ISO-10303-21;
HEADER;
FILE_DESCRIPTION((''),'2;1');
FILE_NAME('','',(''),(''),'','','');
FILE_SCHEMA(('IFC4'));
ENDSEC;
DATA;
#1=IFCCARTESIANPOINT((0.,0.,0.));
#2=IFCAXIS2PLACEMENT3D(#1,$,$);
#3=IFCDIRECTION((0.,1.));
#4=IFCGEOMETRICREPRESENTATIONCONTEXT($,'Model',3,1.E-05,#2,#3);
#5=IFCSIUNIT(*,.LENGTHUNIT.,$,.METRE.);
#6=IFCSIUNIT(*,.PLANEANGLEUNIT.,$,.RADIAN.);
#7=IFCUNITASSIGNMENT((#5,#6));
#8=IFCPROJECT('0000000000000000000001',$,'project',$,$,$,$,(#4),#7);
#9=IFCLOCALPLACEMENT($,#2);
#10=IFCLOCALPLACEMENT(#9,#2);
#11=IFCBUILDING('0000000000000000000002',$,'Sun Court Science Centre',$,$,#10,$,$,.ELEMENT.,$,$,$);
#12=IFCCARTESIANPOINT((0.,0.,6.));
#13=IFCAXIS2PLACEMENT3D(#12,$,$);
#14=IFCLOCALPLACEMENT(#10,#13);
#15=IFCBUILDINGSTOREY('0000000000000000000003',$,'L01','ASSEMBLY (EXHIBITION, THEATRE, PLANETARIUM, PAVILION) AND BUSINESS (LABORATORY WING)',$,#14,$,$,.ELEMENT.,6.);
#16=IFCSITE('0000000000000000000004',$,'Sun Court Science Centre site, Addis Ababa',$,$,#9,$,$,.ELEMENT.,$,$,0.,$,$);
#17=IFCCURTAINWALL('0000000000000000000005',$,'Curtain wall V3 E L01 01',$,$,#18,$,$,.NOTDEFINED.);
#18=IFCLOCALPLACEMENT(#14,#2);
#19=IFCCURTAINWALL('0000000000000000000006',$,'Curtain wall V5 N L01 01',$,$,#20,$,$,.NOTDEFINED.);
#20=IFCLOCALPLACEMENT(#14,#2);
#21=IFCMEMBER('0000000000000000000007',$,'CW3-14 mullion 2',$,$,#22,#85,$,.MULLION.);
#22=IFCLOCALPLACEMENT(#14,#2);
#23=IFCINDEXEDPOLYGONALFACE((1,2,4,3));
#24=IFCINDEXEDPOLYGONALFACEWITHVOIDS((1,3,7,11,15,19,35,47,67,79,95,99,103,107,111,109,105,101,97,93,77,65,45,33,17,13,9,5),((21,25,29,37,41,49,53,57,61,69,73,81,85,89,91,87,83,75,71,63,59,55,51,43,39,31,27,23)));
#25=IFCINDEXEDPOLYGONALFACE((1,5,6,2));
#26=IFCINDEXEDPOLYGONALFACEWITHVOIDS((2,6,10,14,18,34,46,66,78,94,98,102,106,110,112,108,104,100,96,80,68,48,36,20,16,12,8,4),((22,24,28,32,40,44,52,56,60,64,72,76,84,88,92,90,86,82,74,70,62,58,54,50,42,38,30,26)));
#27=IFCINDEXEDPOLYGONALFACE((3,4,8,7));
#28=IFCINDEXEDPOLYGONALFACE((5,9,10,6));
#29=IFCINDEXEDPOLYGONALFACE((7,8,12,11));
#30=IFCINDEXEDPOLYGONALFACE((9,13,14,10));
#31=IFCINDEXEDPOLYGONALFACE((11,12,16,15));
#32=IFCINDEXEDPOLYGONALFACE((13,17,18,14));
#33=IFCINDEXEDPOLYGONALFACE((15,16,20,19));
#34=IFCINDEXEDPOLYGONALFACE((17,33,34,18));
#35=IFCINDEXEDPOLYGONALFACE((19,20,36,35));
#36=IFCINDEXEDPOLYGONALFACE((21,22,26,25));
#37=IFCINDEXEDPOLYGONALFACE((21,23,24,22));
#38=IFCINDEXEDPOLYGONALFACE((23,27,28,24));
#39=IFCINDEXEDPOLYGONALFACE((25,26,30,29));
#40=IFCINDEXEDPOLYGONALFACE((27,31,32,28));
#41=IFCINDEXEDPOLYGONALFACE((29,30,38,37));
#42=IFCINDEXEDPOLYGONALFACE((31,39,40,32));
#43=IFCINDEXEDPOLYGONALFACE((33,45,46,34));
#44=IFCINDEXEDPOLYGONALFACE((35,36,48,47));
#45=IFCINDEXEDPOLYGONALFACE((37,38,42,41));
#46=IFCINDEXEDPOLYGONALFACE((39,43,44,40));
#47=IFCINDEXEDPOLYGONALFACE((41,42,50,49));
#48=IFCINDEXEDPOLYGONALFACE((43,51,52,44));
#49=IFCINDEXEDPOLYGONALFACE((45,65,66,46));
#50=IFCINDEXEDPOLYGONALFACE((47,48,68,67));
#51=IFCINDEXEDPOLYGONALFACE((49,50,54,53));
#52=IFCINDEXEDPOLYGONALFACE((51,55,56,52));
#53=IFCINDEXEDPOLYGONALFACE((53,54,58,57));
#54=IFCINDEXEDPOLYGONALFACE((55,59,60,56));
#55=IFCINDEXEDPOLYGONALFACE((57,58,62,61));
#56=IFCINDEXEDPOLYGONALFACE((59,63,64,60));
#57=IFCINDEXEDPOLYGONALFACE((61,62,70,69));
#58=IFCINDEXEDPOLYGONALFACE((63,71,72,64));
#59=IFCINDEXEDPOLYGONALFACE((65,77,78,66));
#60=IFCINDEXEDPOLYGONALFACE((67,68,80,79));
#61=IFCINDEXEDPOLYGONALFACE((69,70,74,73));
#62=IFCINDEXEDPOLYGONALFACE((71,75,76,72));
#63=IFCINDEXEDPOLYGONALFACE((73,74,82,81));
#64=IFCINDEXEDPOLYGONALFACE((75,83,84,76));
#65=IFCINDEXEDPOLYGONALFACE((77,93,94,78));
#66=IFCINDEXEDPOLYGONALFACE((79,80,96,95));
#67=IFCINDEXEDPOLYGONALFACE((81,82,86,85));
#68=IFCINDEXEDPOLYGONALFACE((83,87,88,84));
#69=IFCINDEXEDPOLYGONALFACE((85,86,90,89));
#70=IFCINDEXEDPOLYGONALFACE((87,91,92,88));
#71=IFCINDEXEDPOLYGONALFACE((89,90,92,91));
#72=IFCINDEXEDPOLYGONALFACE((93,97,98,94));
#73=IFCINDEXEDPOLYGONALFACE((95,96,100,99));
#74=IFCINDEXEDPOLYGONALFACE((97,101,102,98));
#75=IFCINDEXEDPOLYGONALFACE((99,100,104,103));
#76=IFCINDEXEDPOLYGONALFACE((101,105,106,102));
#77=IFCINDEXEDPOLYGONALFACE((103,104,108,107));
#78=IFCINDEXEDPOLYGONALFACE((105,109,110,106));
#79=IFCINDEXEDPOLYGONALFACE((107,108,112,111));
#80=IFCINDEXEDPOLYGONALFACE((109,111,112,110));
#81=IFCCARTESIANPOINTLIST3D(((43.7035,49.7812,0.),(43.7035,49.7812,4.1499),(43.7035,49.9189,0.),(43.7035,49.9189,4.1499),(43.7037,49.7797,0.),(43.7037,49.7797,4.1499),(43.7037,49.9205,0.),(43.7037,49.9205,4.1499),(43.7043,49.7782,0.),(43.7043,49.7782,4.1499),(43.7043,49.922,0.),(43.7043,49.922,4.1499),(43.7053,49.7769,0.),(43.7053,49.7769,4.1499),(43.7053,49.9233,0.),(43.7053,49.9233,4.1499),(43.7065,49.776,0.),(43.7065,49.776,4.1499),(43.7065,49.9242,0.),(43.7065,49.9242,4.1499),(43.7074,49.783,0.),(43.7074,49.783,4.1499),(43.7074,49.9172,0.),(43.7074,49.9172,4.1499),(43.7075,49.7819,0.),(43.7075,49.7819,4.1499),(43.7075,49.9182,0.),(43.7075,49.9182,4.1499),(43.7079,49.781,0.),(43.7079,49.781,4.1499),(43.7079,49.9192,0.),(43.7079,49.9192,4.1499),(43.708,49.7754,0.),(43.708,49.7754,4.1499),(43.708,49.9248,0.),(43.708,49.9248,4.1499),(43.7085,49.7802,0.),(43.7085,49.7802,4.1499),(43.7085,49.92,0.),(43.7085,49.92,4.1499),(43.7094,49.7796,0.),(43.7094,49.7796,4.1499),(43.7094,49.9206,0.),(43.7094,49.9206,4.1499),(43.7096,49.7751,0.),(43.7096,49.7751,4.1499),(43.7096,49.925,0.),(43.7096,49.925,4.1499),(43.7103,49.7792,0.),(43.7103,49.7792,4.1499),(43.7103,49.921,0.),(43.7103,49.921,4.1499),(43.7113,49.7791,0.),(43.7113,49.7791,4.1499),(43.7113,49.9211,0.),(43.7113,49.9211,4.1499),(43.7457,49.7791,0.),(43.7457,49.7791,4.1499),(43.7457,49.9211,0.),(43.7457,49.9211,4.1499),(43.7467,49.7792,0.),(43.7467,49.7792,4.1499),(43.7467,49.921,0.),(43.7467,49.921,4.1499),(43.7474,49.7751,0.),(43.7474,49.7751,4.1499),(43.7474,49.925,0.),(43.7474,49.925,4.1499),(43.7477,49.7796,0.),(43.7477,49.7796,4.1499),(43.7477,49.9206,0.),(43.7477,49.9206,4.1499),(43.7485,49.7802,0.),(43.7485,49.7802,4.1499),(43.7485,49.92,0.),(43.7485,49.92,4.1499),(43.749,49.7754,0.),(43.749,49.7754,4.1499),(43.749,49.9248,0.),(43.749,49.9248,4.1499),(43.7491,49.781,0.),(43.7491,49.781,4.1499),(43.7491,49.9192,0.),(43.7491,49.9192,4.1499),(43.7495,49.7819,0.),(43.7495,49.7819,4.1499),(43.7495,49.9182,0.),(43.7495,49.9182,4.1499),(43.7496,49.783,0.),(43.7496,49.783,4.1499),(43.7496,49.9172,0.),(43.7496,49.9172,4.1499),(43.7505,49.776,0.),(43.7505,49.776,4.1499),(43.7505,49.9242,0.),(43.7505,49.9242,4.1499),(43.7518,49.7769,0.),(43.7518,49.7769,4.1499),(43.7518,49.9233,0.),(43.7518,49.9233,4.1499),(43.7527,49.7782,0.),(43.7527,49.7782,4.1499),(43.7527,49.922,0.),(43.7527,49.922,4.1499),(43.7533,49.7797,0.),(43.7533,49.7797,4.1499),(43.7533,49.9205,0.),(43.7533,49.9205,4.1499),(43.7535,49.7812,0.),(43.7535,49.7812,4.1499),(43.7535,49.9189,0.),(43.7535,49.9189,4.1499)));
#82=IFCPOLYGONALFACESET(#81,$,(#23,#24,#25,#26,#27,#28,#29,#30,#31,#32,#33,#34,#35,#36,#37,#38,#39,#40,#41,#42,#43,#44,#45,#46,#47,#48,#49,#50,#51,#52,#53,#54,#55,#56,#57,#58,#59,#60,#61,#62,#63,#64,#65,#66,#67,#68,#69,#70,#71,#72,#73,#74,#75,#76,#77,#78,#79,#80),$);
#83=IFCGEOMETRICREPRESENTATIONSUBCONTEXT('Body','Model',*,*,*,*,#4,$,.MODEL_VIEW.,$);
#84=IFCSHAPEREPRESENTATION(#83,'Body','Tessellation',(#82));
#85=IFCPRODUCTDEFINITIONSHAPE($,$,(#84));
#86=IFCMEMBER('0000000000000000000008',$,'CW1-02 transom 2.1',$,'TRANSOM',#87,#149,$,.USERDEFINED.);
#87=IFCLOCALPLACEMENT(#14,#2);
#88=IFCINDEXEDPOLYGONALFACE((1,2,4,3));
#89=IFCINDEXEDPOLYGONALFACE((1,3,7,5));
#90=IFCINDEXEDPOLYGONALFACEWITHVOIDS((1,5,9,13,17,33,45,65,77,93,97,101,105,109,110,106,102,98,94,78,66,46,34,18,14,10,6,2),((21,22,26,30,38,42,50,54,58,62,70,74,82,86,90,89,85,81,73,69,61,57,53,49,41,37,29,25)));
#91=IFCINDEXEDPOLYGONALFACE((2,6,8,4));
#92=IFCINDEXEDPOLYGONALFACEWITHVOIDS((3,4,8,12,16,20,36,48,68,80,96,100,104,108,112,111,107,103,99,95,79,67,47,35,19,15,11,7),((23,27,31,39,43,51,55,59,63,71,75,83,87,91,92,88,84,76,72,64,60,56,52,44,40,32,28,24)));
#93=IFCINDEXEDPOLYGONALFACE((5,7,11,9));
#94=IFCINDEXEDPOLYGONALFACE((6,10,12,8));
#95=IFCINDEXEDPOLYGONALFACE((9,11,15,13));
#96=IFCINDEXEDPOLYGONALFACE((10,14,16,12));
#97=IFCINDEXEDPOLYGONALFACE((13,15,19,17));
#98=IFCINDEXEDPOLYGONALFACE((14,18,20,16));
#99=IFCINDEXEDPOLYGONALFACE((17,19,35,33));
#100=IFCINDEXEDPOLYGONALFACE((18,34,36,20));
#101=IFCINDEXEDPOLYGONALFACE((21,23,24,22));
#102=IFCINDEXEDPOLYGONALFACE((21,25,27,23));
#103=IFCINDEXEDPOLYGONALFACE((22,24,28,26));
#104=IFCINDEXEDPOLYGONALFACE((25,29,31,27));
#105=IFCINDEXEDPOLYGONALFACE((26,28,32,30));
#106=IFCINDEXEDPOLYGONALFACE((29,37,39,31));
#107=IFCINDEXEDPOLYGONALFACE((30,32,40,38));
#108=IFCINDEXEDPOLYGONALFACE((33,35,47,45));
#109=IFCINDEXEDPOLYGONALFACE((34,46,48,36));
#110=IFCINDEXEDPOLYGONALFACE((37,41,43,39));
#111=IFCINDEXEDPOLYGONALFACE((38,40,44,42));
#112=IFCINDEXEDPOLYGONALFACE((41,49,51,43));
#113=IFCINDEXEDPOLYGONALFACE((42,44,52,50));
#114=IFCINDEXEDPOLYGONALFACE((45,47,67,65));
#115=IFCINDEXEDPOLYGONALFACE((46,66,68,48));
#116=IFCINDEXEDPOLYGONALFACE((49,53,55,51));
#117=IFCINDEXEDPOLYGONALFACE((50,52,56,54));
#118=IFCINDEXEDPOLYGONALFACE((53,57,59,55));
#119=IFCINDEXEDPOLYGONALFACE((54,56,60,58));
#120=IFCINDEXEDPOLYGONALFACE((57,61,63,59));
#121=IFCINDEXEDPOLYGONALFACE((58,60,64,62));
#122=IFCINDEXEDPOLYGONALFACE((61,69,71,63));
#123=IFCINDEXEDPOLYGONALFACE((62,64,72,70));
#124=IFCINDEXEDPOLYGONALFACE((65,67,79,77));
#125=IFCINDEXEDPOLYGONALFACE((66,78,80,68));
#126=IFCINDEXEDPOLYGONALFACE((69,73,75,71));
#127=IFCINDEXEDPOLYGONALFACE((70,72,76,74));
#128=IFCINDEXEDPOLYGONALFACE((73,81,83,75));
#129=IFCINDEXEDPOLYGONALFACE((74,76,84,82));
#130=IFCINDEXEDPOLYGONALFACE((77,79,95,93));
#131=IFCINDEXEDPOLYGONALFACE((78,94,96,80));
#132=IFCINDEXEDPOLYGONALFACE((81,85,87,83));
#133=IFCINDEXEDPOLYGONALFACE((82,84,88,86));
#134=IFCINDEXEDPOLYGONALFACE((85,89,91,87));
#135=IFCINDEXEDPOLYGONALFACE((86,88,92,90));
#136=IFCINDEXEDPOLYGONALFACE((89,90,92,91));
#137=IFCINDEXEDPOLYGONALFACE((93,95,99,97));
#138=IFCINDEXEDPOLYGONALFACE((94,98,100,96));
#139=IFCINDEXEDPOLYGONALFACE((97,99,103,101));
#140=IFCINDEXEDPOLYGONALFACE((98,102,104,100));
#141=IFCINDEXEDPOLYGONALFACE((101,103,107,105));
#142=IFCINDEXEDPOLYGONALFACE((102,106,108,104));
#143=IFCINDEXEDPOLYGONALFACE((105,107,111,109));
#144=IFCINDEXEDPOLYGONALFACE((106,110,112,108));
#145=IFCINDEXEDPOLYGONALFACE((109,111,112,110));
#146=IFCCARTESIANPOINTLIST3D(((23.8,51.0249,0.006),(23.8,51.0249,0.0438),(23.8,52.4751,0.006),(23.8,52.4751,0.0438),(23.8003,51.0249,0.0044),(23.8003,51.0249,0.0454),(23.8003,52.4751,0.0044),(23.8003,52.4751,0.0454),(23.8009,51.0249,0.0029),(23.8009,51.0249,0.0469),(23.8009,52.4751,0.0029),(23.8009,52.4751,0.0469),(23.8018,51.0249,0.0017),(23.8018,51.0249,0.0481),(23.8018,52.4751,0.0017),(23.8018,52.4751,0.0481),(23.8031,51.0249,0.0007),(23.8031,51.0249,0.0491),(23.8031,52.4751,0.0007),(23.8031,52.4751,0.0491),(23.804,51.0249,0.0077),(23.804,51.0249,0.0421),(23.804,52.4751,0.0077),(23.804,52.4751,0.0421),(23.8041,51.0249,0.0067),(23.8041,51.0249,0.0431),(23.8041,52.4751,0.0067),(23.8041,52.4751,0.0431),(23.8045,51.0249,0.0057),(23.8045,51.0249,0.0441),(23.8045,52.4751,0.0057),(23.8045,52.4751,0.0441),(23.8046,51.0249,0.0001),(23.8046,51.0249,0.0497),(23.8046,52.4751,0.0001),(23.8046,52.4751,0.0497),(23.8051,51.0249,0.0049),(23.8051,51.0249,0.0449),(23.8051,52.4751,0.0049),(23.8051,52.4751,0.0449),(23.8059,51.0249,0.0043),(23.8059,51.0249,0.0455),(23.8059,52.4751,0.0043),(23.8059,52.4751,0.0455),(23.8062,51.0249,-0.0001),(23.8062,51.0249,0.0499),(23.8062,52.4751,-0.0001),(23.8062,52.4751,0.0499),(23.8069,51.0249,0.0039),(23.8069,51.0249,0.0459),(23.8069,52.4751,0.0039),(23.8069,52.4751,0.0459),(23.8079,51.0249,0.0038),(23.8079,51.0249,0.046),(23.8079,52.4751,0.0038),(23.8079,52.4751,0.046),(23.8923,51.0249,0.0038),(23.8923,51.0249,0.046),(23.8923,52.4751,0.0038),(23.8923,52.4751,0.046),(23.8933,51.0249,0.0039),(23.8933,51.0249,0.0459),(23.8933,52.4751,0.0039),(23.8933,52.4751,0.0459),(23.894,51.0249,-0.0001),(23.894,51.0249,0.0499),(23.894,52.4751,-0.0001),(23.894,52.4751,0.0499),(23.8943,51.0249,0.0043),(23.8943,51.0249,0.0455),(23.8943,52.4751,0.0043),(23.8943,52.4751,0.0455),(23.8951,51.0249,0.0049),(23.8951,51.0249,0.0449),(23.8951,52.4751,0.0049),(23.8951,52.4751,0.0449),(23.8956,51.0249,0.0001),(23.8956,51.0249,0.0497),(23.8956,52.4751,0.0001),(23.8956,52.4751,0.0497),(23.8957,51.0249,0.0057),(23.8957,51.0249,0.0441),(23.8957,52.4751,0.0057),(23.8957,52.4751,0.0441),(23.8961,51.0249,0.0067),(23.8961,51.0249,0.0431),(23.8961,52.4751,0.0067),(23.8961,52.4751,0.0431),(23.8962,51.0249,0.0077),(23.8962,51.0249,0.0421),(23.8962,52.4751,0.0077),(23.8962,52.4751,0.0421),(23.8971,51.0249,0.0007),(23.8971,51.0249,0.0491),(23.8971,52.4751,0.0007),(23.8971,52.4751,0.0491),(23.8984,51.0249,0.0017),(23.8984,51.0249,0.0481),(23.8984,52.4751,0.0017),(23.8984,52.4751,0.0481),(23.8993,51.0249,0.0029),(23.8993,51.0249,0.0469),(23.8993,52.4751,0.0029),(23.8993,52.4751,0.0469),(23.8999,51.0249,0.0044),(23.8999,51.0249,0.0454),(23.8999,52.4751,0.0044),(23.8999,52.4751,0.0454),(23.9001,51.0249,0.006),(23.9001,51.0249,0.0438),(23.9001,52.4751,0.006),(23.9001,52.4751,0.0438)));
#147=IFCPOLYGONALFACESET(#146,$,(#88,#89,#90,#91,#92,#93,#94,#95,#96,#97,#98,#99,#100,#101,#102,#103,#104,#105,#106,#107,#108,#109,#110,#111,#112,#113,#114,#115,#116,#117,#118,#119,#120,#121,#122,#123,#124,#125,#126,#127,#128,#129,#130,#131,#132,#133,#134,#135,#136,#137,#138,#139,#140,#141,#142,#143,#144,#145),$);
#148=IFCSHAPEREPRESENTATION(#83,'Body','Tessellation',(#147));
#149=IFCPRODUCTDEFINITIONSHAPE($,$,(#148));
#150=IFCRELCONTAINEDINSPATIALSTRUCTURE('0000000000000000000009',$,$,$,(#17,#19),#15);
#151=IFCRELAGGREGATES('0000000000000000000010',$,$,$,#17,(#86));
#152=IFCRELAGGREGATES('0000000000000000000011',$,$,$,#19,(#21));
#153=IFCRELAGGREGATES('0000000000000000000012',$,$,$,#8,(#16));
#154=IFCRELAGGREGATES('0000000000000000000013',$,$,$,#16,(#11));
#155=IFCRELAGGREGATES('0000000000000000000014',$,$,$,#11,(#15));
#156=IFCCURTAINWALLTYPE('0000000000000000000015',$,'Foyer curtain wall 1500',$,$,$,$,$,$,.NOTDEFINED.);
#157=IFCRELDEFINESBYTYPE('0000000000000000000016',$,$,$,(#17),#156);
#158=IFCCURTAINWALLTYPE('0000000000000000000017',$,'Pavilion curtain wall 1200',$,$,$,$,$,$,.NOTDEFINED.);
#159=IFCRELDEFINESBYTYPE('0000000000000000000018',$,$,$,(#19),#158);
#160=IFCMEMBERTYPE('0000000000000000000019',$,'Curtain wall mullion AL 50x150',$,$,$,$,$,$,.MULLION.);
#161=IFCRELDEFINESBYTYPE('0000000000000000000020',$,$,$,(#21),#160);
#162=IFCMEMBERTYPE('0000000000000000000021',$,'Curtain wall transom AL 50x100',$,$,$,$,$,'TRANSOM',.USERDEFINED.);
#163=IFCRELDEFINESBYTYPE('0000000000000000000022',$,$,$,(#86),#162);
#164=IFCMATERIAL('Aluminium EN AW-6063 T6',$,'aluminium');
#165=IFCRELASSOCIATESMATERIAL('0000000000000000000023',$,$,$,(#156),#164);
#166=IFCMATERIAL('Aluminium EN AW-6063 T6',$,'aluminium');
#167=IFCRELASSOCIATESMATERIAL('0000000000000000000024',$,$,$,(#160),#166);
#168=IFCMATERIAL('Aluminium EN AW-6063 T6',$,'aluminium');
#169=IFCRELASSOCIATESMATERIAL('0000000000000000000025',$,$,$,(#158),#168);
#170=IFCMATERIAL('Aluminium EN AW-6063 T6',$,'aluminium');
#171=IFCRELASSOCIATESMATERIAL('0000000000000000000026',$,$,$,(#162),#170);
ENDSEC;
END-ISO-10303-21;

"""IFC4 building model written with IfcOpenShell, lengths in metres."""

from ifc_helpers import new_model, si_unit, direction, frame, origin, origin_2d, place, context, subcontext, project, spatial, hollow_rectangle, extrude, material, material_profile, profile_set, type_object, element, aggregate, save


model = new_model("IFC4")

# Units and contexts
model_context = context("Model", 3, precision=1e-05, world=origin(), true_north=direction((0.0, 1.0)))
body_context = subcontext(model_context, "Body", "Model", "MODEL_VIEW")
ifc_project = project(units=[si_unit("LENGTHUNIT", "METRE"), si_unit("PLANEANGLEUNIT", "RADIAN")], contexts=[model_context])

# Site, building, storey
site_placement = place(None, origin())
site = spatial("IfcSite", under=ifc_project, at=site_placement, Name="Sun Court Science Centre site, Addis Ababa", CompositionType="ELEMENT", RefElevation=0.0)
building_placement = place(site_placement, origin())
building = spatial("IfcBuilding", under=site, at=building_placement, Name="Sun Court Science Centre", CompositionType="ELEMENT")
storey_placement = place(building_placement, frame((0.0, 0.0, 6.0)))
storey = spatial("IfcBuildingStorey", under=building, at=storey_placement, Name="L01", Description="ASSEMBLY (EXHIBITION, THEATRE, PLANETARIUM, PAVILION) AND BUSINESS (LABORATORY WING)", CompositionType="ELEMENT", Elevation=6.0)

# Curtain walls, member
ifc_material_1 = material(Name="Aluminium EN AW-6063 T6", Category="aluminium")
curtain_wall_type_1 = type_object("IfcCurtainWallType", Name="Foyer curtain wall 1500", PredefinedType="NOTDEFINED", material=ifc_material_1)
curtain_wall_1_placement = place(storey_placement, origin())
curtain_wall_1 = element("IfcCurtainWall", 1, at=curtain_wall_1_placement, inside=storey, type_object=curtain_wall_type_1, Name="Curtain wall V3 E L01 01", PredefinedType="NOTDEFINED")
ifc_material_2 = material(Name="Aluminium EN AW-6063 T6", Category="aluminium")
ifc_material_profile_1 = material_profile(ifc_material_2, hollow_rectangle(XDim=0.05, YDim=0.1499, WallThickness=0.0039, InnerFilletRadius=0.0039, OuterFilletRadius=0.0061, at=origin_2d()), Name="AL 50x150x4")
ifc_profile_set_1 = profile_set([ifc_material_profile_1], Name="Aluminium EN AW-6063 T6")
member_type_1 = type_object("IfcMemberType", Name="Curtain wall mullion AL 50x150", PredefinedType="MULLION", material=ifc_profile_set_1)
ifc_material_3 = material(Name="Aluminium EN AW-6063 T6", Category="aluminium")
curtain_wall_type_2 = type_object("IfcCurtainWallType", Name="Pavilion curtain wall 1200", PredefinedType="NOTDEFINED", material=ifc_material_3)
curtain_wall_2_placement = place(storey_placement, origin())
curtain_wall_2 = element("IfcCurtainWall", 2, at=curtain_wall_2_placement, inside=storey, type_object=curtain_wall_type_2, Name="Curtain wall V5 N L01 01", PredefinedType="NOTDEFINED")
member_1_placement = place(storey_placement, frame((43.7285, 49.8501, 0.0), z_axis=(0.0, 0.0, 1.0), x_axis=(1.0, 0.0, 0.0)))
member_1 = element("IfcMember", 3, at=member_1_placement, type_object=member_type_1, Name="CW3-14 mullion 2", PredefinedType="MULLION", context=body_context, shape_type="SweptSolid", body=[
    extrude(hollow_rectangle(XDim=0.05, YDim=0.1499, WallThickness=0.0039, InnerFilletRadius=0.0039, OuterFilletRadius=0.0061, at=origin_2d()), origin(), (0.0, 0.0, 1.0), 4.1499),
])

# Member
ifc_material_4 = material(Name="Aluminium EN AW-6063 T6", Category="aluminium")
ifc_material_profile_2 = material_profile(ifc_material_4, hollow_rectangle(XDim=0.05, YDim=0.1001, WallThickness=0.0039, InnerFilletRadius=0.0039, OuterFilletRadius=0.0061, at=origin_2d()), Name="AL 50x100x4")
ifc_profile_set_2 = profile_set([ifc_material_profile_2], Name="Aluminium EN AW-6063 T6")
member_type_2 = type_object("IfcMemberType", Name="Curtain wall transom AL 50x100", ElementType="TRANSOM", PredefinedType="USERDEFINED", material=ifc_profile_set_2)
member_2_placement = place(storey_placement, frame((23.8501, 52.4751, 0.0249), z_axis=(0.0, -1.0, 0.0), x_axis=(0.0, 0.0, 1.0)))
member_2 = element("IfcMember", 4, at=member_2_placement, type_object=member_type_2, Name="CW1-02 transom 2.1", ObjectType="TRANSOM", PredefinedType="USERDEFINED", context=body_context, shape_type="SweptSolid", body=[
    extrude(hollow_rectangle(XDim=0.05, YDim=0.1001, WallThickness=0.0039, InnerFilletRadius=0.0039, OuterFilletRadius=0.0061, at=origin_2d()), origin(), (0.0, 0.0, 1.0), 1.4502),
])

aggregate(curtain_wall_1, [member_2])
aggregate(curtain_wall_2, [member_1])

save(model, "model.ifc")
